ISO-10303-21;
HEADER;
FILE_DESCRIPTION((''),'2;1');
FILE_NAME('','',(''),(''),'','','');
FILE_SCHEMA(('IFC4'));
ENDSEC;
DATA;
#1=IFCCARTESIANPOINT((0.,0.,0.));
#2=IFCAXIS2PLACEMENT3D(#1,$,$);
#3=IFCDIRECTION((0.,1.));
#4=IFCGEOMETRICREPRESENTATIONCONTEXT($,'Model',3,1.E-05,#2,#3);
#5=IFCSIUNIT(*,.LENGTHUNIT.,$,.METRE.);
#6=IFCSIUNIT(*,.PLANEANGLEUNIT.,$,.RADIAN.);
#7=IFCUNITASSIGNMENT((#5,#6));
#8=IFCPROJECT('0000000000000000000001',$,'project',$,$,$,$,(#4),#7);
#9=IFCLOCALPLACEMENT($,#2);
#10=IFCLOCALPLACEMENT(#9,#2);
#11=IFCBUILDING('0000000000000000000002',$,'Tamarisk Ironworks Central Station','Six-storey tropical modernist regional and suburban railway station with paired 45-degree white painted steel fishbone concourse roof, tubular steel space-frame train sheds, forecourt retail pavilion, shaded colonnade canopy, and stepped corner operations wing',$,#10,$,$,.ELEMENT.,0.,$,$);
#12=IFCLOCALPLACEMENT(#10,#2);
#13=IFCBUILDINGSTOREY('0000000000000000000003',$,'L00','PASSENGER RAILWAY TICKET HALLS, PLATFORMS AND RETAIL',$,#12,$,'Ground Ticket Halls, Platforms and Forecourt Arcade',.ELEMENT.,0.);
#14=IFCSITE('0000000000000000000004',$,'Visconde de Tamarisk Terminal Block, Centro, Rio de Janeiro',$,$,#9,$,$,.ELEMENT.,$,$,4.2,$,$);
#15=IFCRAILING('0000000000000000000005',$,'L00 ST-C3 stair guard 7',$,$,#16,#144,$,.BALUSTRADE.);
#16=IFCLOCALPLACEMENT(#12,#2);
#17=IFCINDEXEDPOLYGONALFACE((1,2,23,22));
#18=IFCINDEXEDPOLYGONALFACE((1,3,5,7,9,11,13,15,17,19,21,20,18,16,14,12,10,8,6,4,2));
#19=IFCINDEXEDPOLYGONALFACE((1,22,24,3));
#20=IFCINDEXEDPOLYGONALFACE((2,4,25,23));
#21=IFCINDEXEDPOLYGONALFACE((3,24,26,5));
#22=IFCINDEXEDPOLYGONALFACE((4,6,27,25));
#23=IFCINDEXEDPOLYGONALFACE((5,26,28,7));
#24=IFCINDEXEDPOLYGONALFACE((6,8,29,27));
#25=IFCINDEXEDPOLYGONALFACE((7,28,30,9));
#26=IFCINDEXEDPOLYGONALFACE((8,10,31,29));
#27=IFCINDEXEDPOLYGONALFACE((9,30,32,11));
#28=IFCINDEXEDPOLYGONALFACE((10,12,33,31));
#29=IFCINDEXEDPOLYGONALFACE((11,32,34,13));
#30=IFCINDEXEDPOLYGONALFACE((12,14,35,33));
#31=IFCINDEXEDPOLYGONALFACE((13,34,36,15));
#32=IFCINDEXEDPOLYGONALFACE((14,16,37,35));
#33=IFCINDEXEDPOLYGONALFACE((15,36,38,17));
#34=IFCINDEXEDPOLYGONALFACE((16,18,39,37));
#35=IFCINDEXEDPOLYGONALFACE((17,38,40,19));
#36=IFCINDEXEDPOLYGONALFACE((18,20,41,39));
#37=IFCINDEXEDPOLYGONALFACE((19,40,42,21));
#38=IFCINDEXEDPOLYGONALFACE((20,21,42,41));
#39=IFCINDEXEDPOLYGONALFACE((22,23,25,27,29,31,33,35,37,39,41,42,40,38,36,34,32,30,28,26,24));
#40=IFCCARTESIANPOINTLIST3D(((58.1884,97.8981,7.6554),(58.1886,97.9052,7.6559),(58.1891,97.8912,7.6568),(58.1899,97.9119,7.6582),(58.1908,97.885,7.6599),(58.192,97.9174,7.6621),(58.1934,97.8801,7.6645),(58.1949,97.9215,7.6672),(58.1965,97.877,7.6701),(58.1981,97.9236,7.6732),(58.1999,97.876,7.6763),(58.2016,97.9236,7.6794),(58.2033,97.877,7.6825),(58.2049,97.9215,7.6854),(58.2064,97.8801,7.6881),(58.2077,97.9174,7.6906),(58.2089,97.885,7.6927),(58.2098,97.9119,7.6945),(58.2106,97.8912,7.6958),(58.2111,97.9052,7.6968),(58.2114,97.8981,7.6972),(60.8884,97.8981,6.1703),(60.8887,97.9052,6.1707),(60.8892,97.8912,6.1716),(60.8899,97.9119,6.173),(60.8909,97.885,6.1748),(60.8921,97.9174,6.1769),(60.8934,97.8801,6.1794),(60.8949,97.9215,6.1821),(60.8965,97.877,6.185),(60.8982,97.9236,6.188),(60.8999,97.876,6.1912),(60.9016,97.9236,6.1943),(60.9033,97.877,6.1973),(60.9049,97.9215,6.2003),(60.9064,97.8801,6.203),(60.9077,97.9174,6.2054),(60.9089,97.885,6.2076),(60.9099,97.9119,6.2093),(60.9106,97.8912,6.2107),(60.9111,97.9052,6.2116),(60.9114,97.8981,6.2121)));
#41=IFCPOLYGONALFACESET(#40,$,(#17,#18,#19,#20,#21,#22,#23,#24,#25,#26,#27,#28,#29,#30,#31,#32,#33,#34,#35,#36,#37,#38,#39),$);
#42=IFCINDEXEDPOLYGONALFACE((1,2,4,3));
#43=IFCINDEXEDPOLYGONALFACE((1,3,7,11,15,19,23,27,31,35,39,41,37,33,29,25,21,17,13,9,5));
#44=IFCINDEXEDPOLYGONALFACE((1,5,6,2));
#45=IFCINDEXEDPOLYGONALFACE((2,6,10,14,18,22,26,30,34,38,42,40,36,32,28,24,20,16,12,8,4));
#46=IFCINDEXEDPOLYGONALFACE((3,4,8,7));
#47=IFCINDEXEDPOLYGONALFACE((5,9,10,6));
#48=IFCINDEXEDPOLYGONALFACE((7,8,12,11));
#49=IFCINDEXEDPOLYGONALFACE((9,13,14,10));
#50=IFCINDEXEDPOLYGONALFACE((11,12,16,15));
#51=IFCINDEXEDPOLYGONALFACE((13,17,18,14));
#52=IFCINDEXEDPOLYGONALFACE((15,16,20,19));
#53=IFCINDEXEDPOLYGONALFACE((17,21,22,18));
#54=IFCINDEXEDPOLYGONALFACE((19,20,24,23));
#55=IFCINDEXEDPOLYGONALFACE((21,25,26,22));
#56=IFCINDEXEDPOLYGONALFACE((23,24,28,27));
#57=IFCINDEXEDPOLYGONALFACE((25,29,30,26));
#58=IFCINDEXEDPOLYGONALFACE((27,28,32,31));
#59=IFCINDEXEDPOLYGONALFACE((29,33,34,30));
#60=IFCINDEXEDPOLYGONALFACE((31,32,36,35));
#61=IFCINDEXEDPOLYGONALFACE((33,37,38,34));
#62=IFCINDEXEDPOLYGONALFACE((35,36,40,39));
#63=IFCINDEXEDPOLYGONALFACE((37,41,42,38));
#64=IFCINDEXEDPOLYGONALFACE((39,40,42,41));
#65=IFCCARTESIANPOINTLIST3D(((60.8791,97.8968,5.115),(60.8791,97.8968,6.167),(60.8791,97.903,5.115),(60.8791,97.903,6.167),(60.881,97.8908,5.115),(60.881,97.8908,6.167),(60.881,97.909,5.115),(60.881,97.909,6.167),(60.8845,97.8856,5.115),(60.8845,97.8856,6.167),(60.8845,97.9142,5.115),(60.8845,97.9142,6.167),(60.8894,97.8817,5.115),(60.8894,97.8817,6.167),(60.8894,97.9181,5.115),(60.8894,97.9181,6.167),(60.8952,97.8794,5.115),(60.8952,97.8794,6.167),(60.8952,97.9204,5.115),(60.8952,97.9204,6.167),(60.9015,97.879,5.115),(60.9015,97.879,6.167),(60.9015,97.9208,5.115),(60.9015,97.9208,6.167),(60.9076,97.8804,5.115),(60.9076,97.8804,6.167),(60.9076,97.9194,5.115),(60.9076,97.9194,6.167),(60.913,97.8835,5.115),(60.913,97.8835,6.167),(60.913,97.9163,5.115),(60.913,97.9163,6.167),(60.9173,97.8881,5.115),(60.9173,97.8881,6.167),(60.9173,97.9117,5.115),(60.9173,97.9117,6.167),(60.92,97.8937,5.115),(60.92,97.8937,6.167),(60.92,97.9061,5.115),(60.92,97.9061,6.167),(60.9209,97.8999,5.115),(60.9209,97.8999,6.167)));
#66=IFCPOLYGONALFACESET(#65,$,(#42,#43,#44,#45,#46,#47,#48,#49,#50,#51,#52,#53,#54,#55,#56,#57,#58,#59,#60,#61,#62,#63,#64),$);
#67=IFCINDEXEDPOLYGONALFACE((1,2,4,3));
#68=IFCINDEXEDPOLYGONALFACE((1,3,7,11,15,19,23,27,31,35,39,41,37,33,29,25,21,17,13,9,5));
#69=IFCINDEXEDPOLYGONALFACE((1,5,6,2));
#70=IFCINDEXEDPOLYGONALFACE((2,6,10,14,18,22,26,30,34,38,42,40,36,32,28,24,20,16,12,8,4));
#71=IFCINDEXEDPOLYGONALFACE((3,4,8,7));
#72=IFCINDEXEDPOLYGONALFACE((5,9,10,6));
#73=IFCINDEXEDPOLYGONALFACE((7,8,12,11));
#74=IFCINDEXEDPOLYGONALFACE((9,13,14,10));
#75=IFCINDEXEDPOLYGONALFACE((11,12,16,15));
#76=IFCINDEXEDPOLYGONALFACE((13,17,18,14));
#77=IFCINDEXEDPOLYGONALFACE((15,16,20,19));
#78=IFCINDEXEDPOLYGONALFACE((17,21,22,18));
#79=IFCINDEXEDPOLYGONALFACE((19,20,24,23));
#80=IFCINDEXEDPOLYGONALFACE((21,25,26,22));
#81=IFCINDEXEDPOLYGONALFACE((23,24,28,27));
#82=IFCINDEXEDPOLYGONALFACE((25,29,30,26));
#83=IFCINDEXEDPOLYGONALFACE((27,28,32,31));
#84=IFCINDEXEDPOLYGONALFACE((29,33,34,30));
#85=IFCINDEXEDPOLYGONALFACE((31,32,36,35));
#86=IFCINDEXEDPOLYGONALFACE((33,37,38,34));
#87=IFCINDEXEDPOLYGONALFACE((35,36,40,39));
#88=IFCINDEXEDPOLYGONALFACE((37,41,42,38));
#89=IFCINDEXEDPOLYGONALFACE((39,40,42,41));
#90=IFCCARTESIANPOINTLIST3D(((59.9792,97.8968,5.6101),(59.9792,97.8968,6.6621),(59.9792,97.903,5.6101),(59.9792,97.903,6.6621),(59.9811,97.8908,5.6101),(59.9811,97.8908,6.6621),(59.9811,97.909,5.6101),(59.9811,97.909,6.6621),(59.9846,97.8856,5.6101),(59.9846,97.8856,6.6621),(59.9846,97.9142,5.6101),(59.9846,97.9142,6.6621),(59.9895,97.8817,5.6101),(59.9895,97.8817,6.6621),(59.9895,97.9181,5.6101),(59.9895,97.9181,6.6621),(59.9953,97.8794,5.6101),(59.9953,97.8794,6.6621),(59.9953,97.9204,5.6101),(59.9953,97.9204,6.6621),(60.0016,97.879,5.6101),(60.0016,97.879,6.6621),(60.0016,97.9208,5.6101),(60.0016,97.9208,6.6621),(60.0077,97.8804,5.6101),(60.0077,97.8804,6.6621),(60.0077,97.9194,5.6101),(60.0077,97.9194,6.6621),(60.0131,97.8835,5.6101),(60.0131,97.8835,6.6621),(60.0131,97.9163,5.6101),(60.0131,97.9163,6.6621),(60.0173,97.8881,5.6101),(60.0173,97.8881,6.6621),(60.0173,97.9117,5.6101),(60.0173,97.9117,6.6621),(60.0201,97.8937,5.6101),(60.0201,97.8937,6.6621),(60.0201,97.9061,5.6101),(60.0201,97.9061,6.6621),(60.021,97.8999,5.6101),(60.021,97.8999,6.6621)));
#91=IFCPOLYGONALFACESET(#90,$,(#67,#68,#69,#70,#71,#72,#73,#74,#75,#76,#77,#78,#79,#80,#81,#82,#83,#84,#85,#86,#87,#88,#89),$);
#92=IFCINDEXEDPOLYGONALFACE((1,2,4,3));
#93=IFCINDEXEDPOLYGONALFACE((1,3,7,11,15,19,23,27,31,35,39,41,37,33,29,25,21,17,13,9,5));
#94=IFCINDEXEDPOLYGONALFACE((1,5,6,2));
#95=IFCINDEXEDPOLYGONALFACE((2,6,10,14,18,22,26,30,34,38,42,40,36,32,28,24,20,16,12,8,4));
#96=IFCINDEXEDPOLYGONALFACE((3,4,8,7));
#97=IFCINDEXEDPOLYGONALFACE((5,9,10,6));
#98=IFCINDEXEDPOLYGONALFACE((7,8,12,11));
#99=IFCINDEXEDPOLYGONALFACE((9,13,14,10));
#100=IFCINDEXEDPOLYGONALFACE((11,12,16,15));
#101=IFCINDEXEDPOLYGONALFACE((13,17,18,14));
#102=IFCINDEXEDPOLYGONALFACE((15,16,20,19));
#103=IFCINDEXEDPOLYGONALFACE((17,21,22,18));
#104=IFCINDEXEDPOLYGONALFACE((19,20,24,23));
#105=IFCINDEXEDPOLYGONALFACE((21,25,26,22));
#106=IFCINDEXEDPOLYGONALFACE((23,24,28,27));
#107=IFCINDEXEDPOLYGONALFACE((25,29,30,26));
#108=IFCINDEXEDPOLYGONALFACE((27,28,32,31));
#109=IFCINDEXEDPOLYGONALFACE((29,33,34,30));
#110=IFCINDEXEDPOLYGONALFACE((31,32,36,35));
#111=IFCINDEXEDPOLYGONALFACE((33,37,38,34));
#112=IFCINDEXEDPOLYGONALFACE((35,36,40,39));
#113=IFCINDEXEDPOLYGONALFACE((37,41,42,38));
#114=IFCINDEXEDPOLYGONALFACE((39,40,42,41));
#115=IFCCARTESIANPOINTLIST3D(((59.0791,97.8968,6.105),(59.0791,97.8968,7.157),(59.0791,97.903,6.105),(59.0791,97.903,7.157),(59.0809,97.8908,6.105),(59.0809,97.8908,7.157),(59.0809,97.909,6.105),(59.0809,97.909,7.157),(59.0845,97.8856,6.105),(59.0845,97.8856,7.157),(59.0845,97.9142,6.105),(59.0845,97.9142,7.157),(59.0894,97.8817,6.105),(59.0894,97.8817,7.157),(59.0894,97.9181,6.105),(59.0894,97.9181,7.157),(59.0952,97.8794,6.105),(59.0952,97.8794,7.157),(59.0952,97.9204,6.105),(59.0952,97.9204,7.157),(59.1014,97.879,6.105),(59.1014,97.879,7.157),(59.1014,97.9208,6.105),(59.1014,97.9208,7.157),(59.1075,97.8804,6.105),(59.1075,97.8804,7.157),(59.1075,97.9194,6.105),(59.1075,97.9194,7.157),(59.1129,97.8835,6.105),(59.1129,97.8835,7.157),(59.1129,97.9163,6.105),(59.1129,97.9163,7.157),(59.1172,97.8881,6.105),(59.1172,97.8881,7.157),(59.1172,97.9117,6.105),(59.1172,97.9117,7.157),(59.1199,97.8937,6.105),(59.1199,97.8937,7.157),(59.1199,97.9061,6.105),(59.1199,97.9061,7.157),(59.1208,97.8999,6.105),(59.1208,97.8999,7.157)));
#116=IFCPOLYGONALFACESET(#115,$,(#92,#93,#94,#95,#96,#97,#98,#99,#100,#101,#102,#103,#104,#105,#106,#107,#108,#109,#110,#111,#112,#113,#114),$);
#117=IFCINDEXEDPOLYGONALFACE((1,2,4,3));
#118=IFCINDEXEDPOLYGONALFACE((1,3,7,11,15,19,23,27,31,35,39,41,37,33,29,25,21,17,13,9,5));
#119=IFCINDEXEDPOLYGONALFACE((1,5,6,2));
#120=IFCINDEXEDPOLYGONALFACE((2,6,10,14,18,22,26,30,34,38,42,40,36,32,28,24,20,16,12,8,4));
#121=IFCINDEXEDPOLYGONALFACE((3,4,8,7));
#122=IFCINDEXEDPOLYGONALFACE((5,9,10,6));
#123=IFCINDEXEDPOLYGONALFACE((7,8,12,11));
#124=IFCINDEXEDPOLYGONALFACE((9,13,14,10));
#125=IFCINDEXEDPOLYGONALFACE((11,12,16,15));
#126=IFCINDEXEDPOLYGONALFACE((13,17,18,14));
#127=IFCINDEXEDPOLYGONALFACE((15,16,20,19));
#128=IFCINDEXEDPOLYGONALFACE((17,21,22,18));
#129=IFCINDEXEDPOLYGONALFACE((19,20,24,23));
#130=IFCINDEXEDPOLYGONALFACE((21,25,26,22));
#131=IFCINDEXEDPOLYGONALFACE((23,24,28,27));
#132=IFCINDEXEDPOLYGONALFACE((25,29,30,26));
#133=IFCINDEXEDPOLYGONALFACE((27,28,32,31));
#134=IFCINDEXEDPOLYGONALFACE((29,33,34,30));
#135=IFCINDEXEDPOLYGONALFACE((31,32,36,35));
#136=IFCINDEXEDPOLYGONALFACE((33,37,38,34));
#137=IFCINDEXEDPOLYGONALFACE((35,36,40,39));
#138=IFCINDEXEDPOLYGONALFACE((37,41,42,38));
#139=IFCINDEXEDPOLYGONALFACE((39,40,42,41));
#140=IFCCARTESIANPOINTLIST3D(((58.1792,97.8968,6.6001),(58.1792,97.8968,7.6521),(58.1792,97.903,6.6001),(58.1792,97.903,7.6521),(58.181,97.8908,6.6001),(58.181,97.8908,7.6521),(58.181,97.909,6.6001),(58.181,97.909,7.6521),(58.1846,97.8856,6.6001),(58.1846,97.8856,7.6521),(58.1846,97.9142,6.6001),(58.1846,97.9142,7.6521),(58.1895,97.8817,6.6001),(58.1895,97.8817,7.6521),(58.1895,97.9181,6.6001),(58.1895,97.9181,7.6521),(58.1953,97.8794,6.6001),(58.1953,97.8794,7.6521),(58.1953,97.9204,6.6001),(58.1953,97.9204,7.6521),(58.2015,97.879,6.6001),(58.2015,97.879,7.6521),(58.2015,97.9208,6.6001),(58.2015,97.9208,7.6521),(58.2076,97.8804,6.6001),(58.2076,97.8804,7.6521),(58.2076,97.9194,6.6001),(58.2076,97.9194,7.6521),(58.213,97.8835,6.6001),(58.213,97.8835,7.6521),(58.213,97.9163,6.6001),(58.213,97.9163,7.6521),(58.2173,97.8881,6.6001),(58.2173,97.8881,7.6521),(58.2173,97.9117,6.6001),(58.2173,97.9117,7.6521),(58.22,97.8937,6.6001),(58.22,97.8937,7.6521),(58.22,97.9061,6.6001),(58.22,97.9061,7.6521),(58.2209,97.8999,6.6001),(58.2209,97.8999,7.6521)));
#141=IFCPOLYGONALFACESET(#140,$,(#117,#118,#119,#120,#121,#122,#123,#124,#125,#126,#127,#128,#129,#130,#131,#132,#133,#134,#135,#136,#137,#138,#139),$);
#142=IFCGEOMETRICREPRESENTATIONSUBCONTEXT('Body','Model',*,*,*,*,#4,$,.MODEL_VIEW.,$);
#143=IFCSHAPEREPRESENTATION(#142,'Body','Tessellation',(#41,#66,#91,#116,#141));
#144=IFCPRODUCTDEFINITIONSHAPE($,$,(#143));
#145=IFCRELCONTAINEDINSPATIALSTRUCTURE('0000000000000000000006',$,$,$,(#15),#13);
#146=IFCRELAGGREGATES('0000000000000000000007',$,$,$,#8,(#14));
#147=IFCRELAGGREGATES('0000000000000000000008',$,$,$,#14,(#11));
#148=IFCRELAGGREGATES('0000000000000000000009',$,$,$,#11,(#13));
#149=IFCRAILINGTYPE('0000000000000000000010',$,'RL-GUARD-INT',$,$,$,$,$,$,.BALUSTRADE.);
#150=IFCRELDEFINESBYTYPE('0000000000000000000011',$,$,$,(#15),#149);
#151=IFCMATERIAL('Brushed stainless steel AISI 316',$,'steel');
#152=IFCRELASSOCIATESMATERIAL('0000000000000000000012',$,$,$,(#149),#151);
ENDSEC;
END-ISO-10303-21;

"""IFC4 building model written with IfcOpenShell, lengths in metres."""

from ifc_helpers import new_model, si_unit, direction, frame, origin, origin_2d, place, context, subcontext, project, spatial, circle, extrude, material, type_object, element, save


model = new_model("IFC4")

# Units and contexts
model_context = context("Model", 3, precision=1e-05, world=origin(), true_north=direction((0.0, 1.0)))
body_context = subcontext(model_context, "Body", "Model", "MODEL_VIEW")
ifc_project = project(units=[si_unit("LENGTHUNIT", "METRE"), si_unit("PLANEANGLEUNIT", "RADIAN")], contexts=[model_context])

# Site, building, storey
site_placement = place(None, origin())
site = spatial("IfcSite", under=ifc_project, at=site_placement, Name="Visconde de Tamarisk Terminal Block, Centro, Rio de Janeiro", CompositionType="ELEMENT", RefElevation=4.2)
building_placement = place(site_placement, origin())
building = spatial("IfcBuilding", under=site, at=building_placement, Name="Tamarisk Ironworks Central Station", Description="Six-storey tropical modernist regional and suburban railway station with paired 45-degree white painted steel fishbone concourse roof, tubular steel space-frame train sheds, forecourt retail pavilion, shaded colonnade canopy, and stepped corner operations wing", CompositionType="ELEMENT", ElevationOfRefHeight=0.0)
storey_placement = place(building_placement, origin())
storey = spatial("IfcBuildingStorey", under=building, at=storey_placement, Name="L00", Description="PASSENGER RAILWAY TICKET HALLS, PLATFORMS AND RETAIL", LongName="Ground Ticket Halls, Platforms and Forecourt Arcade", CompositionType="ELEMENT", Elevation=0.0)

# Railing
ifc_material_1 = material(Name="Brushed stainless steel AISI 316", Category="steel")
railing_type_1 = type_object("IfcRailingType", Name="RL-GUARD-INT", PredefinedType="BALUSTRADE", material=ifc_material_1)
railing_1_placement = place(storey_placement, frame((60.8999, 97.8999, 5.115)))
element("IfcRailing", 1, at=railing_1_placement, inside=storey, type_object=railing_type_1, Name="L00 ST-C3 stair guard 7", PredefinedType="BALUSTRADE", context=body_context, shape_type="SweptSolid", body=[
    extrude(circle(Radius=0.0239, at=origin_2d()), frame((0.0, 0.0, 1.0762), z_axis=(-0.876198, 0.0, 0.481952), x_axis=(0.0, -1.0, 0.0)), (0.0, 0.0, 1.0), 3.0815),
    extrude(circle(Radius=0.021, at=origin_2d()), origin(), (0.0, 0.0, 1.0), 1.052),
    extrude(circle(Radius=0.021, at=origin_2d()), frame((-0.8999, 0.0, 0.4951)), (0.0, 0.0, 1.0), 1.052),
    extrude(circle(Radius=0.021, at=origin_2d()), frame((-1.8, 0.0, 0.99)), (0.0, 0.0, 1.0), 1.052),
    extrude(circle(Radius=0.021, at=origin_2d()), frame((-2.7, 0.0, 1.4851)), (0.0, 0.0, 1.0), 1.052),
])

save(model, "model.ifc")
